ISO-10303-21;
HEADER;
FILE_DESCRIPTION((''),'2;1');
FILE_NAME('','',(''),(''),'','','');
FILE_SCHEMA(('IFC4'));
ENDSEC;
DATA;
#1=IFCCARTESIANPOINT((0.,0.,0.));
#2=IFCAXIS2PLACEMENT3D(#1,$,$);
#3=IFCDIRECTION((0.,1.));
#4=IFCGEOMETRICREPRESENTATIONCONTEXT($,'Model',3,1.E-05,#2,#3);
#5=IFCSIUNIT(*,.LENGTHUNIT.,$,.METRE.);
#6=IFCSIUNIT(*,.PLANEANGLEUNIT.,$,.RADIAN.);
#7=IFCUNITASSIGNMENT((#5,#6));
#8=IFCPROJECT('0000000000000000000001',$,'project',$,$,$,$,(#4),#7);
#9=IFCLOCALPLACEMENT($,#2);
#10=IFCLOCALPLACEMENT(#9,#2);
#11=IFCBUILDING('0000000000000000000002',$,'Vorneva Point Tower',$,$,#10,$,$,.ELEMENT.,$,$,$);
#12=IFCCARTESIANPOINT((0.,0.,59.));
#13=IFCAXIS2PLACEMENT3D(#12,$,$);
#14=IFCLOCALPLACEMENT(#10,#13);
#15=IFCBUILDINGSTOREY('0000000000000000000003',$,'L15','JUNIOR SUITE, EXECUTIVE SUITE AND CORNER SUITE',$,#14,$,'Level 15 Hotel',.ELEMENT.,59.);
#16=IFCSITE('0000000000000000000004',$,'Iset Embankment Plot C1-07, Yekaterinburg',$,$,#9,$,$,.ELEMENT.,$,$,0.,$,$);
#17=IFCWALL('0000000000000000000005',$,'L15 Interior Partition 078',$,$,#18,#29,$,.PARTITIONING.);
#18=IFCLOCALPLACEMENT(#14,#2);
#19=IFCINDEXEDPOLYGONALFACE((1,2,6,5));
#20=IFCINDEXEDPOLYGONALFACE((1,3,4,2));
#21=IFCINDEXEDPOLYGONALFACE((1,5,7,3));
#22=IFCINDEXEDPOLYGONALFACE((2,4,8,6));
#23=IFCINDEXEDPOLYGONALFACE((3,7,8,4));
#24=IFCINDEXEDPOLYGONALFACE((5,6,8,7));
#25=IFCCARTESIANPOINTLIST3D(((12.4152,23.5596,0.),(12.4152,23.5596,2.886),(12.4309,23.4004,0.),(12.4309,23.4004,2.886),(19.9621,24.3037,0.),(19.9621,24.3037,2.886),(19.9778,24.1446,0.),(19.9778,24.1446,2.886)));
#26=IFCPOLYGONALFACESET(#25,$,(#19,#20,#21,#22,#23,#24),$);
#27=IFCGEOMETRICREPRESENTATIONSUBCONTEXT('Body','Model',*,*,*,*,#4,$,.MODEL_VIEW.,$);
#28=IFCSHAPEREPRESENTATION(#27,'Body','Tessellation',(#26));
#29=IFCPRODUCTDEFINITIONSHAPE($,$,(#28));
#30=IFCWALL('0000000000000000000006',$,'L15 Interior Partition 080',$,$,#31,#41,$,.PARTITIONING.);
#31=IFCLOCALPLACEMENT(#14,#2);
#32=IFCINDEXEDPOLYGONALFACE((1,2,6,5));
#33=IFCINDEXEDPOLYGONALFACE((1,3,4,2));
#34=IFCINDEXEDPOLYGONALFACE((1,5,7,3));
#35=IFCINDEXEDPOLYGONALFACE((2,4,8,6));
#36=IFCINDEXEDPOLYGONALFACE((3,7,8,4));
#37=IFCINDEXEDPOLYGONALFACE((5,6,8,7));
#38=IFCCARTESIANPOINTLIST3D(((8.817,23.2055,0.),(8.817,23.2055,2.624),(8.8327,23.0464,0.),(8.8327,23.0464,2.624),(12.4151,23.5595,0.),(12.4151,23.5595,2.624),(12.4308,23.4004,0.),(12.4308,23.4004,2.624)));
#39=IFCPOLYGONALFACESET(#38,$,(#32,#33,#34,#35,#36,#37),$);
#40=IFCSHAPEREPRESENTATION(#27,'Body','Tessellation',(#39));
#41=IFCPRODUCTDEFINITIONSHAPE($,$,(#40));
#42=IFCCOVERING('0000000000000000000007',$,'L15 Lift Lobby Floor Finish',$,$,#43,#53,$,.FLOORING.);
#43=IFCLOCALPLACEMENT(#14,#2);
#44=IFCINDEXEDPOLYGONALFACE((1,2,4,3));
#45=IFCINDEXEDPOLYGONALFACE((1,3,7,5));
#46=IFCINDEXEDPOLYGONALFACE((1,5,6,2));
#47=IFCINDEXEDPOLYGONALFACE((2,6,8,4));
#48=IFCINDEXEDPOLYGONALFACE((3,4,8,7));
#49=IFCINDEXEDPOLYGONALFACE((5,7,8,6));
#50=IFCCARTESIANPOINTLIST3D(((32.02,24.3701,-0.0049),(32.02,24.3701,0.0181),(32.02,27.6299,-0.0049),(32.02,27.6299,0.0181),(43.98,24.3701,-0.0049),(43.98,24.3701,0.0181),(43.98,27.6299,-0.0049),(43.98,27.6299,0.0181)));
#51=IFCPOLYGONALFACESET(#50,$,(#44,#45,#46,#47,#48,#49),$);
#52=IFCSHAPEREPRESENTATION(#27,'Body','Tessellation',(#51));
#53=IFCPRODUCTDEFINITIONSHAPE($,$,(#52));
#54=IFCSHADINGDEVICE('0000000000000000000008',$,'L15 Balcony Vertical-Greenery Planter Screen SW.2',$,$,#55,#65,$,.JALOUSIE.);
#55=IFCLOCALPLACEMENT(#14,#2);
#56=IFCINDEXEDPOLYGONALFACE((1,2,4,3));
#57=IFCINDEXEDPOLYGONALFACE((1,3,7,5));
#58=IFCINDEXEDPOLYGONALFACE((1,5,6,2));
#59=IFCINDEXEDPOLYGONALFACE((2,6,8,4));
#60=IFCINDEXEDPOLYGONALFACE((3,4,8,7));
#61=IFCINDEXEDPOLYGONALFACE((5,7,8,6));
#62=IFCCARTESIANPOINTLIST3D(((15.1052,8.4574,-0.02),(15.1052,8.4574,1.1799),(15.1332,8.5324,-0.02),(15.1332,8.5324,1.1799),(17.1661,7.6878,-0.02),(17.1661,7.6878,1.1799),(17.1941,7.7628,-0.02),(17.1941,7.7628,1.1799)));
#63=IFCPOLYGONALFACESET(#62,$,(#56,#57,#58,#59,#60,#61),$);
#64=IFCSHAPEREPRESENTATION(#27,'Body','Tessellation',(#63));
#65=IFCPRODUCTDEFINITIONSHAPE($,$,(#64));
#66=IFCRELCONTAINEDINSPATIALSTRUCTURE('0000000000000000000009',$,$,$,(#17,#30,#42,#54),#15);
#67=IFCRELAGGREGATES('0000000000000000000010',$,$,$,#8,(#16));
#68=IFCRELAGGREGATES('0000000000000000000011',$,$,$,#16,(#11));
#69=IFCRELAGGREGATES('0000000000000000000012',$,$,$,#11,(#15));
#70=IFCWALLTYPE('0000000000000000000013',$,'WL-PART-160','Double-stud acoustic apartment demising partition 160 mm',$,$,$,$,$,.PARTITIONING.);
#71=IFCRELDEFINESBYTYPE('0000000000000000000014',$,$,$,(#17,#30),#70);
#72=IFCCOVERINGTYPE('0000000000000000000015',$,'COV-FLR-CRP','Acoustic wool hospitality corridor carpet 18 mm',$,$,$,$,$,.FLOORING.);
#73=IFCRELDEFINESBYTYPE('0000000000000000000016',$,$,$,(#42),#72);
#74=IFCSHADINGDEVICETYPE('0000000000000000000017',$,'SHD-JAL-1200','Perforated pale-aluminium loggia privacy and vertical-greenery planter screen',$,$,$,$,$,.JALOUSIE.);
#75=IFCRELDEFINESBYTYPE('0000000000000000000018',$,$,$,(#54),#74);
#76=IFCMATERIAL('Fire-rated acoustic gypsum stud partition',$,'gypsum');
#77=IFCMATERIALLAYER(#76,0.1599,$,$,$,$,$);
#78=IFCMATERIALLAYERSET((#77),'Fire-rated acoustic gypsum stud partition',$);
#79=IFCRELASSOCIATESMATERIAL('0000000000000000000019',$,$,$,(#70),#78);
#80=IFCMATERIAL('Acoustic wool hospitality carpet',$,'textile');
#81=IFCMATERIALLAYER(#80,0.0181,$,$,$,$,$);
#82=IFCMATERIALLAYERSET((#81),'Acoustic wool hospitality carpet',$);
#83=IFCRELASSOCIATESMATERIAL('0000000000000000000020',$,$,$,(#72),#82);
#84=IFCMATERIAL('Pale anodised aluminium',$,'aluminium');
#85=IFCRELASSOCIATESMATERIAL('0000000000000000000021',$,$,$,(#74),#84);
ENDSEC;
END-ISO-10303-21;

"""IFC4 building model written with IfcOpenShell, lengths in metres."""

from ifc_helpers import new_model, si_unit, direction, frame, frame_2d, origin, origin_2d, place, context, subcontext, project, spatial, polyline, rectangle, outline, extrude, material, layer, layer_set, type_object, element, save


model = new_model("IFC4")

# Units and contexts
model_context = context("Model", 3, precision=1e-05, world=origin(), true_north=direction((0.0, 1.0)))
body_context = subcontext(model_context, "Body", "Model", "MODEL_VIEW")
ifc_project = project(units=[si_unit("LENGTHUNIT", "METRE"), si_unit("PLANEANGLEUNIT", "RADIAN")], contexts=[model_context])

# Site, building, storey
site_placement = place(None, origin())
site = spatial("IfcSite", under=ifc_project, at=site_placement, Name="Iset Embankment Plot C1-07, Yekaterinburg", CompositionType="ELEMENT", RefElevation=0.0)
building_placement = place(site_placement, origin())
building = spatial("IfcBuilding", under=site, at=building_placement, Name="Vorneva Point Tower", CompositionType="ELEMENT")
storey_placement = place(building_placement, frame((0.0, 0.0, 59.0)))
storey = spatial("IfcBuildingStorey", under=building, at=storey_placement, Name="L15", Description="JUNIOR SUITE, EXECUTIVE SUITE AND CORNER SUITE", LongName="Level 15 Hotel", CompositionType="ELEMENT", Elevation=59.0)

# Shared definitions
ifc_material_1 = material(Name="Pale anodised aluminium", Category="aluminium")

# Walls
ifc_material_2 = material(Name="Fire-rated acoustic gypsum stud partition", Category="gypsum")
ifc_layer_1 = layer(ifc_material_2, 0.1599)
ifc_layer_set_1 = layer_set([ifc_layer_1], Name="Fire-rated acoustic gypsum stud partition")
wall_type_1 = type_object("IfcWallType", Name="WL-PART-160", Description="Double-stud acoustic apartment demising partition 160 mm", PredefinedType="PARTITIONING", material=ifc_layer_set_1)
wall_1_placement = place(storey_placement, frame((12.4231, 23.48, 0.0), z_axis=(0.0, 0.0, 1.0), x_axis=(0.995174, 0.098127, 0.0)))
element("IfcWall", 1, at=wall_1_placement, inside=storey, type_object=wall_type_1, Name="L15 Interior Partition 078", PredefinedType="PARTITIONING", context=body_context, shape_type="SweptSolid", body=[
    extrude(rectangle(XDim=7.5835, YDim=0.1599, at=frame_2d((3.7917, 0.0))), origin(), (0.0, 0.0, 1.0), 2.886),
])
wall_2_placement = place(storey_placement, frame((8.825, 23.126, 0.0), z_axis=(0.0, 0.0, 1.0), x_axis=(0.995195, 0.097912, 0.0)))
element("IfcWall", 2, at=wall_2_placement, inside=storey, type_object=wall_type_1, Name="L15 Interior Partition 080", PredefinedType="PARTITIONING", context=body_context, shape_type="SweptSolid", body=[
    extrude(rectangle(XDim=3.6155, YDim=0.1599, at=frame_2d((1.8076, 0.0))), origin(), (0.0, 0.0, 1.0), 2.624),
])

# Covering
ifc_material_3 = material(Name="Acoustic wool hospitality carpet", Category="textile")
ifc_layer_2 = layer(ifc_material_3, 0.0181)
ifc_layer_set_2 = layer_set([ifc_layer_2], Name="Acoustic wool hospitality carpet")
covering_type = type_object("IfcCoveringType", Name="COV-FLR-CRP", Description="Acoustic wool hospitality corridor carpet 18 mm", PredefinedType="FLOORING", material=ifc_layer_set_2)
covering_placement = place(storey_placement, frame((0.0, 0.0, -0.0049)))
element("IfcCovering", 3, at=covering_placement, inside=storey, type_object=covering_type, Name="L15 Lift Lobby Floor Finish", PredefinedType="FLOORING", context=body_context, shape_type="SweptSolid", body=[
    extrude(outline(polyline([(32.02, 24.3701), (43.98, 24.3701), (43.98, 27.6299), (32.02, 27.6299), (32.02, 24.3701)])), origin(), (0.0, 0.0, 1.0), 0.0229),
])

# Shading device
shading_device_type = type_object("IfcShadingDeviceType", Name="SHD-JAL-1200", Description="Perforated pale-aluminium loggia privacy and vertical-greenery planter screen", PredefinedType="JALOUSIE", material=ifc_material_1)
shading_device_placement = place(storey_placement, frame((16.1497, 8.1101, -0.02), z_axis=(0.0, 0.0, 1.0), x_axis=(0.936819, -0.349815, 0.0)))
element("IfcShadingDevice", 4, at=shading_device_placement, inside=storey, type_object=shading_device_type, Name="L15 Balcony Vertical-Greenery Planter Screen SW.2", PredefinedType="JALOUSIE", context=body_context, shape_type="SweptSolid", body=[
    extrude(rectangle(XDim=2.2, YDim=0.0801, at=origin_2d()), origin(), (0.0, 0.0, 1.0), 1.2),
])

save(model, "model.ifc")
